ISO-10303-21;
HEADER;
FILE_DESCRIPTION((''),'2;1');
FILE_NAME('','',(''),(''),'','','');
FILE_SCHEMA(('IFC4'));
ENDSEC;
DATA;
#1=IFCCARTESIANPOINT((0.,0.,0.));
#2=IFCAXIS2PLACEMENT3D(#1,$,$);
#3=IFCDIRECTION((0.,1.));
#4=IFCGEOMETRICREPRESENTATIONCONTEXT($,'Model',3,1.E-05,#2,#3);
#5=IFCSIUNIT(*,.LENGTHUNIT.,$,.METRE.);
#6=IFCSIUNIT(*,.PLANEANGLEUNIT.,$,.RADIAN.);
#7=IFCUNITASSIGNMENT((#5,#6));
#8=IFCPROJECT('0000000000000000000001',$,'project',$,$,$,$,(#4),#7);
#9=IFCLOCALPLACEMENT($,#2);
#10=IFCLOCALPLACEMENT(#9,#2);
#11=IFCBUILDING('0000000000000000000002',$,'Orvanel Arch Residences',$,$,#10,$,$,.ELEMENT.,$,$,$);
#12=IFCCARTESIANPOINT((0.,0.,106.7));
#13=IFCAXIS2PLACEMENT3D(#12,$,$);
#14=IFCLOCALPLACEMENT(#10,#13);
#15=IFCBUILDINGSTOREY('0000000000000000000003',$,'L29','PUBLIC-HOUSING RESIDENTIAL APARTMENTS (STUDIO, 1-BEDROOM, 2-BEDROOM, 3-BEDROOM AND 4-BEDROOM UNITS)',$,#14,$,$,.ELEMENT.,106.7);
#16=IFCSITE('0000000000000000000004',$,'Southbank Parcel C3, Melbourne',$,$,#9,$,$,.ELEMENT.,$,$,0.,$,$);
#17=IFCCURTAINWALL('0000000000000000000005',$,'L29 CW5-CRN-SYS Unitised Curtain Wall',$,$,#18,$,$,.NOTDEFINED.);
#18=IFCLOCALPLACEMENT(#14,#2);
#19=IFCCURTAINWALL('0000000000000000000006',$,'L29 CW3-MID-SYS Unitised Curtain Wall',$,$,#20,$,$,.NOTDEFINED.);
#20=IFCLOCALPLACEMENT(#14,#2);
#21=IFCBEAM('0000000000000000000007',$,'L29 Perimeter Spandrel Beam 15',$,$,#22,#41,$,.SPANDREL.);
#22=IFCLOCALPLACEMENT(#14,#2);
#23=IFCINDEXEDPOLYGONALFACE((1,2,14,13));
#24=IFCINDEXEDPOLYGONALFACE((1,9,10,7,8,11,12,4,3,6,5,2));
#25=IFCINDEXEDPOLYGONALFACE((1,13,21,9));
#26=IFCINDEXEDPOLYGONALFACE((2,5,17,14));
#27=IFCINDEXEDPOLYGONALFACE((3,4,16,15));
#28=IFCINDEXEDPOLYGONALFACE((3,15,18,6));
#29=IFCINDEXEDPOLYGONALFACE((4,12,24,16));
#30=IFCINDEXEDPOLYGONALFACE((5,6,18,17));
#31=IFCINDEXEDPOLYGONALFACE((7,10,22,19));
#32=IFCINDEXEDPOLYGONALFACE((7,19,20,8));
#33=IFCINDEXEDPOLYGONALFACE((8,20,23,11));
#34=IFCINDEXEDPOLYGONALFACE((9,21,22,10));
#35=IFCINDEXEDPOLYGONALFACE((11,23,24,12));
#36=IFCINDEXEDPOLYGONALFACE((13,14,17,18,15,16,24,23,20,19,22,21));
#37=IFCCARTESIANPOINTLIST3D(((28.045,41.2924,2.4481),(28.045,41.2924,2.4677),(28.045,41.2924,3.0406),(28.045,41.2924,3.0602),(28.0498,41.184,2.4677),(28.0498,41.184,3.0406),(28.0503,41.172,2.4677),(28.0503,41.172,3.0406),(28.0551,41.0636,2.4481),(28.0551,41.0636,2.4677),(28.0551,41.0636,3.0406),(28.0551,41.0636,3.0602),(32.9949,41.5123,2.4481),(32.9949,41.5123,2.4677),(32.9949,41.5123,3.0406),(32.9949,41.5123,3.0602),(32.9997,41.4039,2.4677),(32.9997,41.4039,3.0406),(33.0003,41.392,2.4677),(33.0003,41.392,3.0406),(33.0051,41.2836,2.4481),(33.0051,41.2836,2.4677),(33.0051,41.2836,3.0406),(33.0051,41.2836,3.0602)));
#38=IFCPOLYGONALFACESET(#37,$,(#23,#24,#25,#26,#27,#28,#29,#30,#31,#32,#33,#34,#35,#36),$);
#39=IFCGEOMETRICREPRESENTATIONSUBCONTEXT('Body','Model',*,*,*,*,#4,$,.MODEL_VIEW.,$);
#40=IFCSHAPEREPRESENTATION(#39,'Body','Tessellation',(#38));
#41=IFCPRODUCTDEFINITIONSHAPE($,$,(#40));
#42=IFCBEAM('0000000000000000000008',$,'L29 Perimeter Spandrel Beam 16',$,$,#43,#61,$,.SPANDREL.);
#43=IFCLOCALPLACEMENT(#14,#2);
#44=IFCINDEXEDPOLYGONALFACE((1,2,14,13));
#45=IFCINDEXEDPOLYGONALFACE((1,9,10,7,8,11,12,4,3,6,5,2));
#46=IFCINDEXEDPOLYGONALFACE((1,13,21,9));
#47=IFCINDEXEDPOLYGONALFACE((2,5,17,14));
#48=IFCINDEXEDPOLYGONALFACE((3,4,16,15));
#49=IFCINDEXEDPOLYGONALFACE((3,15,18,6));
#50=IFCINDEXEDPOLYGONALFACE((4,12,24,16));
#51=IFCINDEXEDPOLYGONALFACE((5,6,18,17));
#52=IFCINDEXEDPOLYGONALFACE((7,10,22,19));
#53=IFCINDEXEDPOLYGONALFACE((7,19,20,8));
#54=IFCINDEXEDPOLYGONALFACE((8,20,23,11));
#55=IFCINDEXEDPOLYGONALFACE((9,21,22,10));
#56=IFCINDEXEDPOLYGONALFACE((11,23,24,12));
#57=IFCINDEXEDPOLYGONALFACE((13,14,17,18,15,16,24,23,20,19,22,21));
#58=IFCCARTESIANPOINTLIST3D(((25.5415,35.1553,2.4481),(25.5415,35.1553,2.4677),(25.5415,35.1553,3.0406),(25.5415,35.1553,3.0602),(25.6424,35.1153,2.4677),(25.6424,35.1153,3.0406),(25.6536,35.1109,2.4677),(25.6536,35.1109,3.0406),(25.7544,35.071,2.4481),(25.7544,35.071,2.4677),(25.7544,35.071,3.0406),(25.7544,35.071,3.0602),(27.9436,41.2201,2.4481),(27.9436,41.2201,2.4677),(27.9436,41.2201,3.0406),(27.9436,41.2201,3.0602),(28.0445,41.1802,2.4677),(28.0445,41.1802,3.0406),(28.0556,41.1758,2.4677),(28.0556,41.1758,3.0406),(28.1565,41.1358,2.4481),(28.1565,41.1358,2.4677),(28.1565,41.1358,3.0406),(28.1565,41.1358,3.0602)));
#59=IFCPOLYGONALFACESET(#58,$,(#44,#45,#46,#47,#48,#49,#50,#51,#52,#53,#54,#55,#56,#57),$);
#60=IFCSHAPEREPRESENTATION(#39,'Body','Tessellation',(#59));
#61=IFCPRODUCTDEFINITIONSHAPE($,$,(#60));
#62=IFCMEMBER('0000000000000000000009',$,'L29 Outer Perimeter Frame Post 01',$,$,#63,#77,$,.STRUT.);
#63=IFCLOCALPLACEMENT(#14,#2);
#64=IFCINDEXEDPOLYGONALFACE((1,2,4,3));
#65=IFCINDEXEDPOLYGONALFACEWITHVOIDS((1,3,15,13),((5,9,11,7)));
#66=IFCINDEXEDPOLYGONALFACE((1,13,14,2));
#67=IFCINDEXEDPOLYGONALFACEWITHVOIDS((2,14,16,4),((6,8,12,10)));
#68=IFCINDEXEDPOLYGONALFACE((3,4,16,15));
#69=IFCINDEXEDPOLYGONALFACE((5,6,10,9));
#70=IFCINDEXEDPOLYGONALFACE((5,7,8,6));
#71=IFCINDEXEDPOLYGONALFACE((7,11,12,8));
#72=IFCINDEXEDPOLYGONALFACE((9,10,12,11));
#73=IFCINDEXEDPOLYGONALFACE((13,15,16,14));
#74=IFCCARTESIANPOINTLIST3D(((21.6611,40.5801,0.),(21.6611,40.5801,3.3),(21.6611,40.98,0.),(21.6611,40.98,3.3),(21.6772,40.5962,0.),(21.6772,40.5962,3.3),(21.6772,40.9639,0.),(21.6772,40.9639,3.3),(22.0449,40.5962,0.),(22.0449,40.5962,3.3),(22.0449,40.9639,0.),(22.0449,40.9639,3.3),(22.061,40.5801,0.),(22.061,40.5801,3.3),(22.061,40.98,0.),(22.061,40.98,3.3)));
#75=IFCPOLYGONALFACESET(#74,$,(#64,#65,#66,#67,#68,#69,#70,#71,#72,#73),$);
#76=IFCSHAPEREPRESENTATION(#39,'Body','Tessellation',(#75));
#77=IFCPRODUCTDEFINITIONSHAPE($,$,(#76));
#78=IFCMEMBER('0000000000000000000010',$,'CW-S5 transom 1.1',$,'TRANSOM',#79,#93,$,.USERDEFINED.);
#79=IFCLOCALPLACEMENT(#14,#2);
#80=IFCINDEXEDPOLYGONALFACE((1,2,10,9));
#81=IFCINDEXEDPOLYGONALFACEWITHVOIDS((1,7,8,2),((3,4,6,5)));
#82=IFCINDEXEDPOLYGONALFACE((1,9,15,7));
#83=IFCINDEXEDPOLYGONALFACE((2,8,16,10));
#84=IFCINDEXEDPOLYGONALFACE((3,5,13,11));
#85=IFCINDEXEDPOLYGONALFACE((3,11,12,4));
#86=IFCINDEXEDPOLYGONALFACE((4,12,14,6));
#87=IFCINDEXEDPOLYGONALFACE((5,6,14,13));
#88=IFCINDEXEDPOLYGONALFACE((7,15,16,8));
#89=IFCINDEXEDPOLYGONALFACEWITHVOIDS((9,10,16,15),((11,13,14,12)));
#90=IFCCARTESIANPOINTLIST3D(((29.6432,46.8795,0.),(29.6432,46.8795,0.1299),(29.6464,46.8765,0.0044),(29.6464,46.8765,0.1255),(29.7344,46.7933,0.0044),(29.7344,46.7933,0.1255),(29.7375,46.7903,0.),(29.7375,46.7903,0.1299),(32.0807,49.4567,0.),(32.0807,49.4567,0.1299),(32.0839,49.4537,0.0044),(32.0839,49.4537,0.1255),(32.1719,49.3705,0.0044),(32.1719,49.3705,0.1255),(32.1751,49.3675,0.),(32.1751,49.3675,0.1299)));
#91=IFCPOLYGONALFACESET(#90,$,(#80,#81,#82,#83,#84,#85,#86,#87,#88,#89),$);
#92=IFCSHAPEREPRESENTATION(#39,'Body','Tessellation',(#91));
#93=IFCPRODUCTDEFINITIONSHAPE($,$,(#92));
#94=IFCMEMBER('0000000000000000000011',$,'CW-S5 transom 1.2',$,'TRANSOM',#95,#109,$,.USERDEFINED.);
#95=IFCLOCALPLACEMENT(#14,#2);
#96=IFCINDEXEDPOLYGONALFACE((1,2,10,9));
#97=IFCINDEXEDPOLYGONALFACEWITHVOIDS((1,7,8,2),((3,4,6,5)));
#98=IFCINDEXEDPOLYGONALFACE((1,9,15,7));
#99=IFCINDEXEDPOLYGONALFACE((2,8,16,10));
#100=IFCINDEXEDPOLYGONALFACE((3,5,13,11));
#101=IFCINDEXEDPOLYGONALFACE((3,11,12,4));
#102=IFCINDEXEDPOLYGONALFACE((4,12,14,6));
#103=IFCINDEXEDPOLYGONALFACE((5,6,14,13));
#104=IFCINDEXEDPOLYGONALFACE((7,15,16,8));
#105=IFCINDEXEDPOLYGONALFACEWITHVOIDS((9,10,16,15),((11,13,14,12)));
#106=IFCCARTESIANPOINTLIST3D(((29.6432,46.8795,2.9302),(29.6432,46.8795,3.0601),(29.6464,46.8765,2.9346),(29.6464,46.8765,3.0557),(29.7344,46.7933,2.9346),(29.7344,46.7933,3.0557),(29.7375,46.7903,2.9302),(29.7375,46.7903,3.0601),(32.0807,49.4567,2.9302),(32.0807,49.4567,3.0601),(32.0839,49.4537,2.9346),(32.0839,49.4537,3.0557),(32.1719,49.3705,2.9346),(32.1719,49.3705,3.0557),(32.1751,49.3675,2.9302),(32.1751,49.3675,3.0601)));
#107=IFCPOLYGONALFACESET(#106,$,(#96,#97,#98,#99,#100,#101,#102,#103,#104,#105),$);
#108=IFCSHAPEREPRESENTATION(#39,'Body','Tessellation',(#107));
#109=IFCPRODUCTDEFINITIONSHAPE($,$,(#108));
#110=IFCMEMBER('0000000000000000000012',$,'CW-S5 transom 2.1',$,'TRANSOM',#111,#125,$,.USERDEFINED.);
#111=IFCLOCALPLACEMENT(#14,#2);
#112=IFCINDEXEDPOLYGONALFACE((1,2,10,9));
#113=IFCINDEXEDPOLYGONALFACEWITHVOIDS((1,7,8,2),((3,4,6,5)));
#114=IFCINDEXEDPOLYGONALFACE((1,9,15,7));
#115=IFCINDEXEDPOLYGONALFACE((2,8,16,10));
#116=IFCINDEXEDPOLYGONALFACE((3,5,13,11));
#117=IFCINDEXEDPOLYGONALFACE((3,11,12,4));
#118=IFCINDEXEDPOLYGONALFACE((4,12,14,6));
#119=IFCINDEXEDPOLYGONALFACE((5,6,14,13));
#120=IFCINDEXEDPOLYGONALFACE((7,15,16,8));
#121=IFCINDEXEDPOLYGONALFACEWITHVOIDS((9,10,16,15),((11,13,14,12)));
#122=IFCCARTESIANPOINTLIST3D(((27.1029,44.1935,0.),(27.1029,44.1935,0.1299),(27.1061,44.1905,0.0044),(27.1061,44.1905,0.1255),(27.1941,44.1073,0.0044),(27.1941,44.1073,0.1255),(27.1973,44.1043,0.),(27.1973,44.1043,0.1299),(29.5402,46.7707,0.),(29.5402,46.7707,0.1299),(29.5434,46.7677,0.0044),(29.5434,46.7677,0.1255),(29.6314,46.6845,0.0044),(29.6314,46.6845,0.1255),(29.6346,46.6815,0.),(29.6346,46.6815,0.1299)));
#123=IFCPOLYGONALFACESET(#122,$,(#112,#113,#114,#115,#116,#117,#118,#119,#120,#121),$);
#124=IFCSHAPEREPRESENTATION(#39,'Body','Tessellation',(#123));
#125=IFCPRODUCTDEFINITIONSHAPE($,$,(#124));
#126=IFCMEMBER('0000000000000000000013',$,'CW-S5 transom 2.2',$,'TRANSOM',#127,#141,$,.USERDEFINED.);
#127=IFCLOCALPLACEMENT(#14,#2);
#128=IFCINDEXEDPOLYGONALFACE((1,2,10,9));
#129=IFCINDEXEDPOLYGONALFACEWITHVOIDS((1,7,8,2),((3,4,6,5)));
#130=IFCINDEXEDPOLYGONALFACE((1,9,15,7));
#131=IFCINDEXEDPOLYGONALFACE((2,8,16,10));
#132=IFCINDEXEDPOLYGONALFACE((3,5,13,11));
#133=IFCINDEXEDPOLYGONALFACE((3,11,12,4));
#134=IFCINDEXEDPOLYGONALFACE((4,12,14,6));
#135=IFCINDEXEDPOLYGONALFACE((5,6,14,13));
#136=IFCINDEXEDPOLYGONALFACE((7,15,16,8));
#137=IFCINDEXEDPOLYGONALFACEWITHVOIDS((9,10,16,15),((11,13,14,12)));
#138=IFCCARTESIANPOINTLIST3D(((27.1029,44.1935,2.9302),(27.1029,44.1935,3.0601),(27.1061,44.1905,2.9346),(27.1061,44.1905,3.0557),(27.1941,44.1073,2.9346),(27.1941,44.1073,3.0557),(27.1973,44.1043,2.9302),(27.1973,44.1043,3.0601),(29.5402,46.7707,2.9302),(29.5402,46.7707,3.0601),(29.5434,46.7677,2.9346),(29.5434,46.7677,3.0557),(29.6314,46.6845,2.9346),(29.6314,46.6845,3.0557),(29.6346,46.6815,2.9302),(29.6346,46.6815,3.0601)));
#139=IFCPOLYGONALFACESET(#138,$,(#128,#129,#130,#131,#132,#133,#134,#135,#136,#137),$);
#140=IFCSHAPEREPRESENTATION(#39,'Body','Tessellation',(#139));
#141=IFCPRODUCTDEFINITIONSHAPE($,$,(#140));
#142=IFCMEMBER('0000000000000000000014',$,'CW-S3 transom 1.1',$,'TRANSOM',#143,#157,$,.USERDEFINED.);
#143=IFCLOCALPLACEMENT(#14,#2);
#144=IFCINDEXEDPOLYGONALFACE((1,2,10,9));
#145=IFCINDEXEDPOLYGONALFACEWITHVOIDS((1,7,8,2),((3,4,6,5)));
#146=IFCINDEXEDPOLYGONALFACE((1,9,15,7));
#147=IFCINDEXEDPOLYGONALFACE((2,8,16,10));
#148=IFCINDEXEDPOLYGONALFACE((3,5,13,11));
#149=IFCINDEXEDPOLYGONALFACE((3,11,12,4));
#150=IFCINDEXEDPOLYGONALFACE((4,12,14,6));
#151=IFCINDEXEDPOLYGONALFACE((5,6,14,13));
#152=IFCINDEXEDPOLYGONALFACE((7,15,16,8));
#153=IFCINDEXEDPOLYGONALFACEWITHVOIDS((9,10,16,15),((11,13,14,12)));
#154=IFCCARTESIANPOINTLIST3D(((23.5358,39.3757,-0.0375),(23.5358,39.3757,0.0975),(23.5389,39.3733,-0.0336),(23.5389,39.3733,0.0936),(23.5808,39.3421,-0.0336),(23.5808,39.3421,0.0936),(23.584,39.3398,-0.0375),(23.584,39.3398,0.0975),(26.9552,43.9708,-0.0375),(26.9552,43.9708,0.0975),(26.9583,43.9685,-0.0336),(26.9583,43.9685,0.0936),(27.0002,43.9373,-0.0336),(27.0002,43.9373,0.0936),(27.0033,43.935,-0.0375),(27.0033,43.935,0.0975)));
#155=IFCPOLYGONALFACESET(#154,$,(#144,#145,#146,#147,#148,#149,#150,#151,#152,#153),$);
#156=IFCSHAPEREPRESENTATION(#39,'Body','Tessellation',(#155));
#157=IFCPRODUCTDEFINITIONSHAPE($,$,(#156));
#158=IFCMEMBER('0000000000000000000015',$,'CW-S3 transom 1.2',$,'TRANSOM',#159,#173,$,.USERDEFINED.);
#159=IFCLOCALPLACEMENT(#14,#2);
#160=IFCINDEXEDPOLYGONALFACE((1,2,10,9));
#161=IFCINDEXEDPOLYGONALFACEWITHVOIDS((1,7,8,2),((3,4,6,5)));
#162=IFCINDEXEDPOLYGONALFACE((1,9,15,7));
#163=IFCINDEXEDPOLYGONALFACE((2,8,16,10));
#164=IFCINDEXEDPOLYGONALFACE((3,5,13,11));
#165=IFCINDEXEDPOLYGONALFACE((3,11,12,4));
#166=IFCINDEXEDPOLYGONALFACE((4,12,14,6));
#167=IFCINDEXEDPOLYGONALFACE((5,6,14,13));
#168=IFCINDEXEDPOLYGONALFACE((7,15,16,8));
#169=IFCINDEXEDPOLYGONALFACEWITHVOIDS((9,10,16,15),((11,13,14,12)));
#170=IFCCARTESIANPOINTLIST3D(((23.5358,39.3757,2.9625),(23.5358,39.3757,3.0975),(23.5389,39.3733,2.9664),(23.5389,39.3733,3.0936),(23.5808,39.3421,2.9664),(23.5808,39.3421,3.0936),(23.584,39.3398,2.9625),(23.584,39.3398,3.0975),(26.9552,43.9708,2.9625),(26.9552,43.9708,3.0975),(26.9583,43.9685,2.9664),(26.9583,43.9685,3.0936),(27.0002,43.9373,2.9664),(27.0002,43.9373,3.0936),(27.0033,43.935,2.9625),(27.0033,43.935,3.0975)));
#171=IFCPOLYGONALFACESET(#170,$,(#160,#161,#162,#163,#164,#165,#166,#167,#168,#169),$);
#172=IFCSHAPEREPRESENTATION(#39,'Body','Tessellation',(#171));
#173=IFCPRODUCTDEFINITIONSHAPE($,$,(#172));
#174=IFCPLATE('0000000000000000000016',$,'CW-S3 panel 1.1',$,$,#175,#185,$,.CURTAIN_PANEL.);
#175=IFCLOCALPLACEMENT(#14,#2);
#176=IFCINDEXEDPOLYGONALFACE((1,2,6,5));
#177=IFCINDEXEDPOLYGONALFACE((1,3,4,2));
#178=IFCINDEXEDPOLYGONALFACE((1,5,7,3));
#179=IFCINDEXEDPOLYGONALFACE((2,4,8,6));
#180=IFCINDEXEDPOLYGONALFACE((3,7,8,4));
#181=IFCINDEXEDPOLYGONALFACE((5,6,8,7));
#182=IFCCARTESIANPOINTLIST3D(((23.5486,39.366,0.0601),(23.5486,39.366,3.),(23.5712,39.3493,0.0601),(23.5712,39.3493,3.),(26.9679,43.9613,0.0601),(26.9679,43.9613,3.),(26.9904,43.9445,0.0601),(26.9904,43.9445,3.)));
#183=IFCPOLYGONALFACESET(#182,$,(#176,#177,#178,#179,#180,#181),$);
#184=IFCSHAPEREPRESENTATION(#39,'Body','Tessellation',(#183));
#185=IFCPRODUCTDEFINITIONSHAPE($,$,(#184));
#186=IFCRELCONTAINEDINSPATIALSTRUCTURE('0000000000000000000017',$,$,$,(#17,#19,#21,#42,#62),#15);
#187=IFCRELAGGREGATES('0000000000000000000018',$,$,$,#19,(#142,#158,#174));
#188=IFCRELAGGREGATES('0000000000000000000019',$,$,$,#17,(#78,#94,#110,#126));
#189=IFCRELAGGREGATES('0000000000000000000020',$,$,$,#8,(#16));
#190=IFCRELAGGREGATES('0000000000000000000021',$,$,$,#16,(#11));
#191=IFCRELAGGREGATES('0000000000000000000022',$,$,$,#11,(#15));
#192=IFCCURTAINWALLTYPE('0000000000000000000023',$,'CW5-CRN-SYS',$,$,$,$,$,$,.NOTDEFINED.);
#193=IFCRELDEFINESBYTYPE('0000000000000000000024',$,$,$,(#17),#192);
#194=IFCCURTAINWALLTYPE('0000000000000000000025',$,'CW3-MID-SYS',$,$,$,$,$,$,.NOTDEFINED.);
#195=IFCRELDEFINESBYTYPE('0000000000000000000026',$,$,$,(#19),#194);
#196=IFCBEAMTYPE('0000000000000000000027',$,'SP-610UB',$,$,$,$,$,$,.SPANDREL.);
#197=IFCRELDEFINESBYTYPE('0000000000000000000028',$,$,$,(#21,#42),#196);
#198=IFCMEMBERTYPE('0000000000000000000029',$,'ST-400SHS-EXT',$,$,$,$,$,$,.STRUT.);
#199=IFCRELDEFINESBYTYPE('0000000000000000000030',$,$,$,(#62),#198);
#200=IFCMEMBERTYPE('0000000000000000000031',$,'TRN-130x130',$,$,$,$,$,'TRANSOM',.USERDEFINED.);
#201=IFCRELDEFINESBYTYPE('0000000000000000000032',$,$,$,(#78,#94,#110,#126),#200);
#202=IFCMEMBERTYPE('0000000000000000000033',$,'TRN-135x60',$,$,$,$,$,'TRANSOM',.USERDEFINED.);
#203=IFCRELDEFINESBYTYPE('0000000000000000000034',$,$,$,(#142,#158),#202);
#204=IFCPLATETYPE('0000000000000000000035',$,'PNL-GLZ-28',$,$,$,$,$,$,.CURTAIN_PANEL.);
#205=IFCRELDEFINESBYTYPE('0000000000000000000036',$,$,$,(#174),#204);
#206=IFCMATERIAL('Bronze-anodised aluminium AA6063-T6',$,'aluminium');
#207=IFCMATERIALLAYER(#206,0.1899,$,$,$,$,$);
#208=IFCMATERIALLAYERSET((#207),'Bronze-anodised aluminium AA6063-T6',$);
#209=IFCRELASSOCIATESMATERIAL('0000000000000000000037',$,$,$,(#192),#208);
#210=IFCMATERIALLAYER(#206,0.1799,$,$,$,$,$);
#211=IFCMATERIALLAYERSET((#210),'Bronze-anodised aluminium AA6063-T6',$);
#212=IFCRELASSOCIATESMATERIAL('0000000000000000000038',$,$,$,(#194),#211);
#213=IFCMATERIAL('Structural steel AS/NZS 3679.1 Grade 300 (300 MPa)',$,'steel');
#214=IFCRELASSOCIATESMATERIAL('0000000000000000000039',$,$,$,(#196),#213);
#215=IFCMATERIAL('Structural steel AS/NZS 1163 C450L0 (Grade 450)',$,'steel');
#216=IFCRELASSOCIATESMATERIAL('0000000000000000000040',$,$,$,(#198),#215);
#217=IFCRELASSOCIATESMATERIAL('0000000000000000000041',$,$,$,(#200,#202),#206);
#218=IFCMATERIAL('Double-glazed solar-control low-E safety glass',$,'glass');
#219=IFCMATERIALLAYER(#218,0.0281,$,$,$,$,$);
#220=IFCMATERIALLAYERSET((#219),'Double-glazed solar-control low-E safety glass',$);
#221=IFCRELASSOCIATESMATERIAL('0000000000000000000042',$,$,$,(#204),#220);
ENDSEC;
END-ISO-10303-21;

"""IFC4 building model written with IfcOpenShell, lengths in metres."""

from ifc_helpers import new_model, si_unit, direction, frame, origin, origin_2d, place, context, subcontext, project, spatial, rectangle, hollow_rectangle, i_section, extrude, material, layer, layer_set, material_profile, profile_set, type_object, element, aggregate, save


model = new_model("IFC4")

# Units and contexts
model_context = context("Model", 3, precision=1e-05, world=origin(), true_north=direction((0.0, 1.0)))
body_context = subcontext(model_context, "Body", "Model", "MODEL_VIEW")
ifc_project = project(units=[si_unit("LENGTHUNIT", "METRE"), si_unit("PLANEANGLEUNIT", "RADIAN")], contexts=[model_context])

# Site, building, storey
site_placement = place(None, origin())
site = spatial("IfcSite", under=ifc_project, at=site_placement, Name="Southbank Parcel C3, Melbourne", CompositionType="ELEMENT", RefElevation=0.0)
building_placement = place(site_placement, origin())
building = spatial("IfcBuilding", under=site, at=building_placement, Name="Orvanel Arch Residences", CompositionType="ELEMENT")
storey_placement = place(building_placement, frame((0.0, 0.0, 106.7)))
storey = spatial("IfcBuildingStorey", under=building, at=storey_placement, Name="L29", Description="PUBLIC-HOUSING RESIDENTIAL APARTMENTS (STUDIO, 1-BEDROOM, 2-BEDROOM, 3-BEDROOM AND 4-BEDROOM UNITS)", CompositionType="ELEMENT", Elevation=106.7)

# Shared definitions
ifc_material_1 = material(Name="Structural steel AS/NZS 3679.1 Grade 300 (300 MPa)", Category="steel")

# Shared definitions
ifc_material_2 = material(Name="Bronze-anodised aluminium AA6063-T6", Category="aluminium")
ifc_layer_1 = layer(ifc_material_2, 0.1899)
ifc_layer_set_1 = layer_set([ifc_layer_1], Name="Bronze-anodised aluminium AA6063-T6")
curtain_wall_type_1 = type_object("IfcCurtainWallType", Name="CW5-CRN-SYS", PredefinedType="NOTDEFINED", material=ifc_layer_set_1)

# Curtain wall
curtain_wall_1_placement = place(storey_placement, origin())
curtain_wall_1 = element("IfcCurtainWall", 1, at=curtain_wall_1_placement, inside=storey, type_object=curtain_wall_type_1, Name="L29 CW5-CRN-SYS Unitised Curtain Wall", PredefinedType="NOTDEFINED")

# Curtain wall
ifc_layer_2 = layer(ifc_material_2, 0.1799)
ifc_layer_set_2 = layer_set([ifc_layer_2], Name="Bronze-anodised aluminium AA6063-T6")
curtain_wall_type_2 = type_object("IfcCurtainWallType", Name="CW3-MID-SYS", PredefinedType="NOTDEFINED", material=ifc_layer_set_2)
curtain_wall_2_placement = place(storey_placement, origin())
curtain_wall_2 = element("IfcCurtainWall", 2, at=curtain_wall_2_placement, inside=storey, type_object=curtain_wall_type_2, Name="L29 CW3-MID-SYS Unitised Curtain Wall", PredefinedType="NOTDEFINED")

# Beams
ifc_material_profile_1 = material_profile(ifc_material_1, i_section(OverallWidth=0.229, OverallDepth=0.6121, WebThickness=0.012, FlangeThickness=0.0195, at=origin_2d()), Name="610UB125")
ifc_profile_set_1 = profile_set([ifc_material_profile_1], Name="Structural steel AS/NZS 3679.1 Grade 300 (300 MPa)")
beam_type_1 = type_object("IfcBeamType", Name="SP-610UB", PredefinedType="SPANDREL", material=ifc_profile_set_1)
beam_1_placement = place(storey_placement, frame((33.0, 41.3979, 2.7542), z_axis=(-0.999014, -0.044395, 0.0), x_axis=(0.044395, -0.999014, 0.0)))
element("IfcBeam", 3, at=beam_1_placement, inside=storey, type_object=beam_type_1, Name="L29 Perimeter Spandrel Beam 15", PredefinedType="SPANDREL", context=body_context, shape_type="SweptSolid", body=[
    extrude(i_section(OverallWidth=0.229, OverallDepth=0.6121, WebThickness=0.012, FlangeThickness=0.0195, at=origin_2d()), origin(), (0.0, 0.0, 1.0), 4.9548),
])
beam_2_placement = place(storey_placement, frame((28.05, 41.178, 2.7542), z_axis=(-0.368233, -0.929733, 0.0), x_axis=(0.929733, -0.368233, 0.0)))
element("IfcBeam", 4, at=beam_2_placement, inside=storey, type_object=beam_type_1, Name="L29 Perimeter Spandrel Beam 16", PredefinedType="SPANDREL", context=body_context, shape_type="SweptSolid", body=[
    extrude(i_section(OverallWidth=0.229, OverallDepth=0.6121, WebThickness=0.012, FlangeThickness=0.0195, at=origin_2d()), origin(), (0.0, 0.0, 1.0), 6.5232),
])

# Members
ifc_material_3 = material(Name="Structural steel AS/NZS 1163 C450L0 (Grade 450)", Category="steel")
ifc_material_profile_2 = material_profile(ifc_material_3, hollow_rectangle(XDim=0.3999, YDim=0.3999, WallThickness=0.0161, at=origin_2d()), Name="SHS400x400x16")
ifc_profile_set_2 = profile_set([ifc_material_profile_2], Name="Structural steel AS/NZS 1163 C450L0 (Grade 450)")
member_type_1 = type_object("IfcMemberType", Name="ST-400SHS-EXT", PredefinedType="STRUT", material=ifc_profile_set_2)
member_1_placement = place(storey_placement, frame((21.8611, 40.78, 0.0), z_axis=(0.0, 0.0, 1.0), x_axis=(1.0, 0.0, 0.0)))
element("IfcMember", 5, at=member_1_placement, inside=storey, type_object=member_type_1, Name="L29 Outer Perimeter Frame Post 01", PredefinedType="STRUT", context=body_context, shape_type="SweptSolid", body=[
    extrude(hollow_rectangle(XDim=0.3999, YDim=0.3999, WallThickness=0.0161, at=origin_2d()), origin(), (0.0, 0.0, 1.0), 3.3),
])
ifc_material_profile_3 = material_profile(ifc_material_2, hollow_rectangle(XDim=0.1299, YDim=0.1299, WallThickness=0.0044, at=origin_2d()), Name="ALU130x130x4.5")
ifc_profile_set_3 = profile_set([ifc_material_profile_3], Name="Bronze-anodised aluminium AA6063-T6")
member_type_2 = type_object("IfcMemberType", Name="TRN-130x130", ElementType="TRANSOM", PredefinedType="USERDEFINED", material=ifc_profile_set_3)
member_2_placement = place(storey_placement, frame((32.1279, 49.4121, 0.0649), z_axis=(-0.687149, -0.726517, 0.0), x_axis=(0.726517, -0.687149, 0.0)))
member_2 = element("IfcMember", 6, at=member_2_placement, type_object=member_type_2, Name="CW-S5 transom 1.1", ObjectType="TRANSOM", PredefinedType="USERDEFINED", context=body_context, shape_type="SweptSolid", body=[
    extrude(hollow_rectangle(XDim=0.1299, YDim=0.1299, WallThickness=0.0044, at=origin_2d()), origin(), (0.0, 0.0, 1.0), 3.5474),
])
member_3_placement = place(storey_placement, frame((32.1279, 49.4121, 2.9951), z_axis=(-0.687149, -0.726517, 0.0), x_axis=(0.726517, -0.687149, 0.0)))
member_3 = element("IfcMember", 7, at=member_3_placement, type_object=member_type_2, Name="CW-S5 transom 1.2", ObjectType="TRANSOM", PredefinedType="USERDEFINED", context=body_context, shape_type="SweptSolid", body=[
    extrude(hollow_rectangle(XDim=0.1299, YDim=0.1299, WallThickness=0.0044, at=origin_2d()), origin(), (0.0, 0.0, 1.0), 3.5474),
])
member_4_placement = place(storey_placement, frame((29.5874, 46.7261, 0.0649), z_axis=(-0.687112, -0.726551, 0.0), x_axis=(0.726551, -0.687112, 0.0)))
member_4 = element("IfcMember", 8, at=member_4_placement, type_object=member_type_2, Name="CW-S5 transom 2.1", ObjectType="TRANSOM", PredefinedType="USERDEFINED", context=body_context, shape_type="SweptSolid", body=[
    extrude(hollow_rectangle(XDim=0.1299, YDim=0.1299, WallThickness=0.0044, at=origin_2d()), origin(), (0.0, 0.0, 1.0), 3.5471),
])
member_5_placement = place(storey_placement, frame((29.5874, 46.7261, 2.9951), z_axis=(-0.687112, -0.726551, 0.0), x_axis=(0.726551, -0.687112, 0.0)))
member_5 = element("IfcMember", 9, at=member_5_placement, type_object=member_type_2, Name="CW-S5 transom 2.2", ObjectType="TRANSOM", PredefinedType="USERDEFINED", context=body_context, shape_type="SweptSolid", body=[
    extrude(hollow_rectangle(XDim=0.1299, YDim=0.1299, WallThickness=0.0044, at=origin_2d()), origin(), (0.0, 0.0, 1.0), 3.5471),
])
ifc_material_profile_4 = material_profile(ifc_material_2, hollow_rectangle(XDim=0.0601, YDim=0.135, WallThickness=0.0039, at=origin_2d()), Name="ALU135x60x4")
ifc_profile_set_4 = profile_set([ifc_material_profile_4], Name="Bronze-anodised aluminium AA6063-T6")
member_type_3 = type_object("IfcMemberType", Name="TRN-135x60", ElementType="TRANSOM", PredefinedType="USERDEFINED", material=ifc_profile_set_4)
member_6_placement = place(storey_placement, frame((26.9792, 43.9529, 0.03), z_axis=(-0.596981, -0.802255, 0.0), x_axis=(0.802255, -0.596981, 0.0)))
member_6 = element("IfcMember", 10, at=member_6_placement, type_object=member_type_3, Name="CW-S3 transom 1.1", ObjectType="TRANSOM", PredefinedType="USERDEFINED", context=body_context, shape_type="SweptSolid", body=[
    extrude(hollow_rectangle(XDim=0.0601, YDim=0.135, WallThickness=0.0039, at=origin_2d()), origin(), (0.0, 0.0, 1.0), 5.7278),
])
member_7_placement = place(storey_placement, frame((26.9792, 43.9529, 3.03), z_axis=(-0.596981, -0.802255, 0.0), x_axis=(0.802255, -0.596981, 0.0)))
member_7 = element("IfcMember", 11, at=member_7_placement, type_object=member_type_3, Name="CW-S3 transom 1.2", ObjectType="TRANSOM", PredefinedType="USERDEFINED", context=body_context, shape_type="SweptSolid", body=[
    extrude(hollow_rectangle(XDim=0.0601, YDim=0.135, WallThickness=0.0039, at=origin_2d()), origin(), (0.0, 0.0, 1.0), 5.7278),
])

# Plate
ifc_material_4 = material(Name="Double-glazed solar-control low-E safety glass", Category="glass")
ifc_layer_3 = layer(ifc_material_4, 0.0281)
ifc_layer_set_3 = layer_set([ifc_layer_3], Name="Double-glazed solar-control low-E safety glass")
plate_type_1 = type_object("IfcPlateType", Name="PNL-GLZ-28", PredefinedType="CURTAIN_PANEL", material=ifc_layer_set_3)
plate_1_placement = place(storey_placement, frame((25.2695, 41.6553, 0.0601), z_axis=(0.0, 0.0, 1.0), x_axis=(-0.596965, -0.802268, 0.0)))
plate_1 = element("IfcPlate", 12, at=plate_1_placement, type_object=plate_type_1, Name="CW-S3 panel 1.1", PredefinedType="CURTAIN_PANEL", context=body_context, shape_type="SweptSolid", body=[
    extrude(rectangle(XDim=5.7278, YDim=0.0281, at=origin_2d()), origin(), (0.0, 0.0, 1.0), 2.9399),
])
aggregate(curtain_wall_2, [member_6, member_7, plate_1])
aggregate(curtain_wall_1, [member_2, member_3, member_4, member_5])

save(model, "model.ifc")
